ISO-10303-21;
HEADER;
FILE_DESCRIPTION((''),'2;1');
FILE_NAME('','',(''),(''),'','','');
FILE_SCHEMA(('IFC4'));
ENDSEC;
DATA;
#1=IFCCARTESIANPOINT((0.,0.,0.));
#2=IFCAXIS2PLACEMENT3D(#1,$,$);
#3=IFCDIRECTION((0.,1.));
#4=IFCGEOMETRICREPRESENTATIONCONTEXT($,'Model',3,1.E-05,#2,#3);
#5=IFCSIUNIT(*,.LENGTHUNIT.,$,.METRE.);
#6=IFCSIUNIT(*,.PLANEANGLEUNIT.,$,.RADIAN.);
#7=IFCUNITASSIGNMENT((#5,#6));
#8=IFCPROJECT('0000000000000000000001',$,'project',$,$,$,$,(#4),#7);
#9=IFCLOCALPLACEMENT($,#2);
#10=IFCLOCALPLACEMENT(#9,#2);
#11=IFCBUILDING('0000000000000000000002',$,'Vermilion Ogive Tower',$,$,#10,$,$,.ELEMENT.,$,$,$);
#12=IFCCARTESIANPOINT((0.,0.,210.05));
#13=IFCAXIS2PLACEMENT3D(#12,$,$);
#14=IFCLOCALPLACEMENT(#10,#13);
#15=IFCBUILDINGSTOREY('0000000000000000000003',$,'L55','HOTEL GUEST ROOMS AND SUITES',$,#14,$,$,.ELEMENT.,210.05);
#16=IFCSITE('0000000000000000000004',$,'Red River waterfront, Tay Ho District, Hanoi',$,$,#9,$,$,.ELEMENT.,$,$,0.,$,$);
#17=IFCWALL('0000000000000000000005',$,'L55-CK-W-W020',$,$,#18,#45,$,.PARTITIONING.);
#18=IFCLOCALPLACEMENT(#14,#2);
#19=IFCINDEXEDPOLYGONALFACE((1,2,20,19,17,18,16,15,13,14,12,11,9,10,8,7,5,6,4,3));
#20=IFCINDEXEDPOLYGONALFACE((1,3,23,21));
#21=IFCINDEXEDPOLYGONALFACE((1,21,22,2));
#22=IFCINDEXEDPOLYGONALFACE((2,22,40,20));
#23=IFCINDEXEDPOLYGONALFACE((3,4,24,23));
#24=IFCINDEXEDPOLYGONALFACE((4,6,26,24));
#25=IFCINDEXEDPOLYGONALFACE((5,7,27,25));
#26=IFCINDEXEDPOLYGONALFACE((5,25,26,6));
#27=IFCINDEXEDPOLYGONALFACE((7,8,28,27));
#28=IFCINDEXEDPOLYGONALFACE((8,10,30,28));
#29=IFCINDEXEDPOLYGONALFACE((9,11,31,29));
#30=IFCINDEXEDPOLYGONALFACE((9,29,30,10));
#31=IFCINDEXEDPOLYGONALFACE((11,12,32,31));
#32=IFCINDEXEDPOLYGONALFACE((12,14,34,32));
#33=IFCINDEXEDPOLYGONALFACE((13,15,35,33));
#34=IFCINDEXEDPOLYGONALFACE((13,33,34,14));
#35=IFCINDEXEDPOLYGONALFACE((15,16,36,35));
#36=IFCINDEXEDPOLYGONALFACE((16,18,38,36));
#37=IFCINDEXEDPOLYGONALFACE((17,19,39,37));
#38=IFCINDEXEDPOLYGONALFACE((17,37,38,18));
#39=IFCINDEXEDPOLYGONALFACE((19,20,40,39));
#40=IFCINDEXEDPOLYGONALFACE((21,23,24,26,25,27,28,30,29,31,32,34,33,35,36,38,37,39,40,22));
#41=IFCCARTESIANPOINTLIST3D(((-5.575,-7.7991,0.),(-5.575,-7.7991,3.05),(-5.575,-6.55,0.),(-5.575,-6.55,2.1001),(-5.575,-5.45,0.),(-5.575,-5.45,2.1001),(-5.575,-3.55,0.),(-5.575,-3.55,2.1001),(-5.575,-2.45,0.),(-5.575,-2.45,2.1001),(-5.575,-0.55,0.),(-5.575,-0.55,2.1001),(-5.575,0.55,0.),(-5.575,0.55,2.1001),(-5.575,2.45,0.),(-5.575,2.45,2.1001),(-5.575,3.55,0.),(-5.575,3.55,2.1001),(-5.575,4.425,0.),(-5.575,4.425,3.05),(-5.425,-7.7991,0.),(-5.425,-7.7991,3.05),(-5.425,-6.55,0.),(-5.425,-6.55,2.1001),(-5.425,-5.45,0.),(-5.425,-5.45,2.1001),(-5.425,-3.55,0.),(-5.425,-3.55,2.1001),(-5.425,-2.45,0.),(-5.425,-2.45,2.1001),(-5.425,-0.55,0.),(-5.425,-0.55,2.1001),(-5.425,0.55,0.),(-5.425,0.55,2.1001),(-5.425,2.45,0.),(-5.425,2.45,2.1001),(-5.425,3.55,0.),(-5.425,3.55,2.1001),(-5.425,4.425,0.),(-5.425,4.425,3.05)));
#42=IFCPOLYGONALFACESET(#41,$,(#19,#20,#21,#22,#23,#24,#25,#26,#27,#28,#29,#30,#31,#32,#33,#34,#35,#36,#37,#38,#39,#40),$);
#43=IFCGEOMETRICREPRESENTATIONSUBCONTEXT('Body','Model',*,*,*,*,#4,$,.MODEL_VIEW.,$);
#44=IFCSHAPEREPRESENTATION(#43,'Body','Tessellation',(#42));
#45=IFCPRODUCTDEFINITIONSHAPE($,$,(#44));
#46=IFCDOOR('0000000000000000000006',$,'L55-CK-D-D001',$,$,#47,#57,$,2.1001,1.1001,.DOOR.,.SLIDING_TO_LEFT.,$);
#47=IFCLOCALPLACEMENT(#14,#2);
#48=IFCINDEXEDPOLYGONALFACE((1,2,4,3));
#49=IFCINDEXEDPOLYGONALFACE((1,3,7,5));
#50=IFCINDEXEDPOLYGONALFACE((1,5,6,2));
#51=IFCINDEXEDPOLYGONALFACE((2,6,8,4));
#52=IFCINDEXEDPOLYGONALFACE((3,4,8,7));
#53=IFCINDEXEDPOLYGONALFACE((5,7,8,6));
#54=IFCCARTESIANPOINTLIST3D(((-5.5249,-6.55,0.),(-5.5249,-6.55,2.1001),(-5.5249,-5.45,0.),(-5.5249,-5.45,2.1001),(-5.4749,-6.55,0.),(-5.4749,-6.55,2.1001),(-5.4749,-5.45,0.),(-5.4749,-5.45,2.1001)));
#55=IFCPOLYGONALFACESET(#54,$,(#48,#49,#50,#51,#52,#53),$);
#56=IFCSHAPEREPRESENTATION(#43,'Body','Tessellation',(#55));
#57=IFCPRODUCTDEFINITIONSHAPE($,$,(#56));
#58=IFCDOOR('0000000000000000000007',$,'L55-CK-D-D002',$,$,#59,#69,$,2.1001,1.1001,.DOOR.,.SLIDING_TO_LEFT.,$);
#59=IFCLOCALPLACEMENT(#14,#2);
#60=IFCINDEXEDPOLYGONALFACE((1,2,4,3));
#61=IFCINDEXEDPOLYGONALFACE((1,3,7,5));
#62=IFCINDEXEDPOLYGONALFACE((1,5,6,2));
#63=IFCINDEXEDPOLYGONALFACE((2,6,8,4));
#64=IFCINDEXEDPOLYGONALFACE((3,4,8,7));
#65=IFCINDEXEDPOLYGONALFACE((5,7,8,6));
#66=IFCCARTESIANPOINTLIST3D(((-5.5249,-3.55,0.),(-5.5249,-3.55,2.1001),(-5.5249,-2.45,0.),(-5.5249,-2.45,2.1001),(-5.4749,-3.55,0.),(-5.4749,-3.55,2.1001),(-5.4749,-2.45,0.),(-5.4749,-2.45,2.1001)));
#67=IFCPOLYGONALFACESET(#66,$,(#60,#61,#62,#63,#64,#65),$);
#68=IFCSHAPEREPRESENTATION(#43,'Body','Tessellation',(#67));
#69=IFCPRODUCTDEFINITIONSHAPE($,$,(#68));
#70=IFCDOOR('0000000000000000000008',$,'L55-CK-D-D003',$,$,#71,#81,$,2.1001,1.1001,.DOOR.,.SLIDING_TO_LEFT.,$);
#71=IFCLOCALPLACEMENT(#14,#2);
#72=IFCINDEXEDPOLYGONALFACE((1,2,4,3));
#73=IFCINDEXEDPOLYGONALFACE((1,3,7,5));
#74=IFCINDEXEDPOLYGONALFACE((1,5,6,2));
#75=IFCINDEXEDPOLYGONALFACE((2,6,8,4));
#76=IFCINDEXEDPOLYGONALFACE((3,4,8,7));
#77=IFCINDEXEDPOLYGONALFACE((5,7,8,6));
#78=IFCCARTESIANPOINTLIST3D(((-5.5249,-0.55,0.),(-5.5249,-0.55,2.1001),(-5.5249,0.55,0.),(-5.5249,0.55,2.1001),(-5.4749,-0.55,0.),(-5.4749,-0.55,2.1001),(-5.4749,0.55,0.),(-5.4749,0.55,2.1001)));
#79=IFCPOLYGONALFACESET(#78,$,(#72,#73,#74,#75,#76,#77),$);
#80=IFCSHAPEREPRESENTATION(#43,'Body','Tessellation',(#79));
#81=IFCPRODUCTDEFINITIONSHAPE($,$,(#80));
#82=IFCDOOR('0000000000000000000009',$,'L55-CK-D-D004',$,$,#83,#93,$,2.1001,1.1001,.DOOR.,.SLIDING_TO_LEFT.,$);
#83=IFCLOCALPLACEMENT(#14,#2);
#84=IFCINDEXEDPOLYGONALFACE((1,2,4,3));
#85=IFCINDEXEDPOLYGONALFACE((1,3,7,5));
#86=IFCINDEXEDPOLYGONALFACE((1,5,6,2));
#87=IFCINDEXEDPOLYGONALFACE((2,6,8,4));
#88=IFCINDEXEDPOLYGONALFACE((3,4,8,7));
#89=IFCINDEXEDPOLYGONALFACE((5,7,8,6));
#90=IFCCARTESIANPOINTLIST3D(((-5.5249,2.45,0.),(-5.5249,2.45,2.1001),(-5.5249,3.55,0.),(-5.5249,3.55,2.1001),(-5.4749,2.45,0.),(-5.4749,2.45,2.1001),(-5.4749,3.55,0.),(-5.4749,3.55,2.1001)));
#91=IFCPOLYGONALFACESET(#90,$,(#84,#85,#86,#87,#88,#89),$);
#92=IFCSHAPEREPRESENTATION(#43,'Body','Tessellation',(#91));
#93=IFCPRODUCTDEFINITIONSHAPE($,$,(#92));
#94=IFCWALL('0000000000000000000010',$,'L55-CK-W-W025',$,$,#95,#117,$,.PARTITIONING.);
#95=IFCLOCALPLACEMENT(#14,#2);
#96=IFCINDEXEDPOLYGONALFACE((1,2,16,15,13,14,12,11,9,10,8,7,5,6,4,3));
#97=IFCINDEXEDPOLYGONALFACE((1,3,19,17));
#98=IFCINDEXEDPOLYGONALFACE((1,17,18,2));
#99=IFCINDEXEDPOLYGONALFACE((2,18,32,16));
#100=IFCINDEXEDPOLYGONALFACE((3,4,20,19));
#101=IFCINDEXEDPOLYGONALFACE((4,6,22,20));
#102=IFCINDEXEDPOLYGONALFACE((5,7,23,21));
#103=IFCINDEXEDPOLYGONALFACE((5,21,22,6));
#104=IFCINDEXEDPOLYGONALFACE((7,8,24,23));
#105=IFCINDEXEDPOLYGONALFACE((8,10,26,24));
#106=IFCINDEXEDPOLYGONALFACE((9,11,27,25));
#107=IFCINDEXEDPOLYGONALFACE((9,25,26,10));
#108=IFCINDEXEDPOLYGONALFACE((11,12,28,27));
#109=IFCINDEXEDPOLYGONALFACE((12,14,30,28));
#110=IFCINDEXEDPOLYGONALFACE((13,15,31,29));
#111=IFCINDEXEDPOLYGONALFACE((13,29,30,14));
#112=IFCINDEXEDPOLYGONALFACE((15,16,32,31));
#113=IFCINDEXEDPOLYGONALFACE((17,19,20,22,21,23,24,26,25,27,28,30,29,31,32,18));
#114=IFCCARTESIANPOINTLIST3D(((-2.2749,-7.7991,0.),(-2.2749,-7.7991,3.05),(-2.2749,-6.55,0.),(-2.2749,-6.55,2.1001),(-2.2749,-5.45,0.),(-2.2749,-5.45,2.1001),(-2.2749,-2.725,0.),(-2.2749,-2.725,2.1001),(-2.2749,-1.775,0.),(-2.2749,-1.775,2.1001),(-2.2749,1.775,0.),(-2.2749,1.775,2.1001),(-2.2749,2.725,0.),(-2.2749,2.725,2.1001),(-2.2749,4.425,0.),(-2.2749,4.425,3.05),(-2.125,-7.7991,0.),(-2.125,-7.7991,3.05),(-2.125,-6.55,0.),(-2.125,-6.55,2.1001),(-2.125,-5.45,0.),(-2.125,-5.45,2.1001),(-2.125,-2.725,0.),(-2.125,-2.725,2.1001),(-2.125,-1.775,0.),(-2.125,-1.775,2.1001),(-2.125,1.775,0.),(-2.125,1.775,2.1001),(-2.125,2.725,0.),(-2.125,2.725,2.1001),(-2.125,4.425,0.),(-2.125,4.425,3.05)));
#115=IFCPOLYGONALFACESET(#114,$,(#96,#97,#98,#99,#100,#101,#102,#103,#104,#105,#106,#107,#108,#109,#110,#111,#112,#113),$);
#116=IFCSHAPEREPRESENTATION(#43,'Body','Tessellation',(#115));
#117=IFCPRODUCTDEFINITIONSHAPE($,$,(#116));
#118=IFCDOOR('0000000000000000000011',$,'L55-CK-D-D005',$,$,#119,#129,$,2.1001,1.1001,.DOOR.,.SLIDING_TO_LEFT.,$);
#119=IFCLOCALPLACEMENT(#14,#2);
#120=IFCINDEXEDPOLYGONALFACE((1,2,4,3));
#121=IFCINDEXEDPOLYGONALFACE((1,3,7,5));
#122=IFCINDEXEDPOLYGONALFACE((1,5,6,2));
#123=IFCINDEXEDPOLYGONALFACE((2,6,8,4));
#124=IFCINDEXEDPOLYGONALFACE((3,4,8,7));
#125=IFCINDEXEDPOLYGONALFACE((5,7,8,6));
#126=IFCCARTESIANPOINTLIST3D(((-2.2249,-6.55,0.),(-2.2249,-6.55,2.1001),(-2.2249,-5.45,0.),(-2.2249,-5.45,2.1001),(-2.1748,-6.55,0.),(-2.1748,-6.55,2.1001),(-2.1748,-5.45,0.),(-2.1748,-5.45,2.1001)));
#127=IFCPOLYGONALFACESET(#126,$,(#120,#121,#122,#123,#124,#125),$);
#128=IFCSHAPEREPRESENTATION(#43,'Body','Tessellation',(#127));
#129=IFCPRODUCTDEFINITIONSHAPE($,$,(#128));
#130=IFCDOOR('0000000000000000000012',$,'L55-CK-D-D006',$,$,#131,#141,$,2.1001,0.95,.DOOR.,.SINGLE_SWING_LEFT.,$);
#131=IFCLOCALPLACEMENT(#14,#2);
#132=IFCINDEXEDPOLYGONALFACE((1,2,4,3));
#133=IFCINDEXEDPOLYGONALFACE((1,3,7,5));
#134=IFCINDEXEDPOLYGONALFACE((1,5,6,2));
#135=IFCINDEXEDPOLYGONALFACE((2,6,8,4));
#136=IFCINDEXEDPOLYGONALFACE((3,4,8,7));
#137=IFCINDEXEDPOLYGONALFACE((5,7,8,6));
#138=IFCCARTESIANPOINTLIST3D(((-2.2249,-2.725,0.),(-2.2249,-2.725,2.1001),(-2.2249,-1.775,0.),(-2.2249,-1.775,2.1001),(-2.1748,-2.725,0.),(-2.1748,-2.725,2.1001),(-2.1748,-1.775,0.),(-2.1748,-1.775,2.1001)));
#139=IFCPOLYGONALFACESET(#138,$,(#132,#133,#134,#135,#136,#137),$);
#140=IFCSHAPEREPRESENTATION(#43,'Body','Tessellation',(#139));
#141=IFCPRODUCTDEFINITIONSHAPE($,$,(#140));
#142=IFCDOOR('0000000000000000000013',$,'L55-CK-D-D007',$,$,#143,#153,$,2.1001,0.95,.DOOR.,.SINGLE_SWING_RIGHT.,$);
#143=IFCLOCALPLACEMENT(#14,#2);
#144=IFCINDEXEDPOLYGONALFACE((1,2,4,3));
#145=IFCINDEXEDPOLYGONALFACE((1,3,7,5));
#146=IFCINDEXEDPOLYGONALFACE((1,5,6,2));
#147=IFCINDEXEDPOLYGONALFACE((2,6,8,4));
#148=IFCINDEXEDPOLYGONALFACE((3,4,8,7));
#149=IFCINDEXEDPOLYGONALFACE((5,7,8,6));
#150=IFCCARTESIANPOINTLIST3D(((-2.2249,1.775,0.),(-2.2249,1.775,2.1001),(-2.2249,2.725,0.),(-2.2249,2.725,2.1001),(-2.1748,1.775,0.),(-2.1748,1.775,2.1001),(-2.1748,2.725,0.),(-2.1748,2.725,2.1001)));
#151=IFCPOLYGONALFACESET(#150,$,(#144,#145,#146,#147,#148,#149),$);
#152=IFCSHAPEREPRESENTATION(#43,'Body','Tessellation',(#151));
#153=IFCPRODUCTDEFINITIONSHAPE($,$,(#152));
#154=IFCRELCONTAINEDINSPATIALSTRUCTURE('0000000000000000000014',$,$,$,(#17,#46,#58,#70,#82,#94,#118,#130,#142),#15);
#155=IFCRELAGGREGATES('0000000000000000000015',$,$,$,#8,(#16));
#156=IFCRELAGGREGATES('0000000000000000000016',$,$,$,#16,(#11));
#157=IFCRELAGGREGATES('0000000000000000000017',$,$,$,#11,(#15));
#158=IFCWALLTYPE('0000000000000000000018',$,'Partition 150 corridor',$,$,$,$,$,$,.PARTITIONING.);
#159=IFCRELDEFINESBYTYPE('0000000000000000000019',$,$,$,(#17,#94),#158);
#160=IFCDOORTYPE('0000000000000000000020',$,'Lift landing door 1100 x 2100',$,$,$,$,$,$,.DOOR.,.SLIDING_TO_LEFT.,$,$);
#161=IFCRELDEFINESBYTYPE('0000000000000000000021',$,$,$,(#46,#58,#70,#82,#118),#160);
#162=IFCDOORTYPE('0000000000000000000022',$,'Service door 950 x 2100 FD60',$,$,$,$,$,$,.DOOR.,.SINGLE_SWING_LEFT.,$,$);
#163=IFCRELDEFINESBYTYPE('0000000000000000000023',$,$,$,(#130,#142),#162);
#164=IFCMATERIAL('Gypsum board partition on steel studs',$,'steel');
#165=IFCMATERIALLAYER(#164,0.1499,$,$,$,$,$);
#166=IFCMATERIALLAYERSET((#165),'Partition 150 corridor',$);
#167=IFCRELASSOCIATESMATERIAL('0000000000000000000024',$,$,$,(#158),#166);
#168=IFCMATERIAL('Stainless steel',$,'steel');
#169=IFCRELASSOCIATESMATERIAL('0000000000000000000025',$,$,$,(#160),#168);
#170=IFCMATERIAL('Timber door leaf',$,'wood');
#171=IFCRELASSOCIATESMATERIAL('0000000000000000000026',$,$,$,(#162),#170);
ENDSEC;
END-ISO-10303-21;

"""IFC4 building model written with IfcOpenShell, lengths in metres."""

from ifc_helpers import new_model, si_unit, direction, frame, frame_2d, origin, place, context, subcontext, project, spatial, rectangle, extrude, material, layer, layer_set, type_object, element, fill, save


model = new_model("IFC4")

# Units and contexts
model_context = context("Model", 3, precision=1e-05, world=origin(), true_north=direction((0.0, 1.0)))
body_context = subcontext(model_context, "Body", "Model", "MODEL_VIEW")
ifc_project = project(units=[si_unit("LENGTHUNIT", "METRE"), si_unit("PLANEANGLEUNIT", "RADIAN")], contexts=[model_context])

# Site, building, storey
site_placement = place(None, origin())
site = spatial("IfcSite", under=ifc_project, at=site_placement, Name="Red River waterfront, Tay Ho District, Hanoi", CompositionType="ELEMENT", RefElevation=0.0)
building_placement = place(site_placement, origin())
building = spatial("IfcBuilding", under=site, at=building_placement, Name="Vermilion Ogive Tower", CompositionType="ELEMENT")
storey_placement = place(building_placement, frame((0.0, 0.0, 210.05)))
storey = spatial("IfcBuildingStorey", under=building, at=storey_placement, Name="L55", Description="HOTEL GUEST ROOMS AND SUITES", CompositionType="ELEMENT", Elevation=210.05)

# Walls, openings, doors
ifc_material_1 = material(Name="Gypsum board partition on steel studs", Category="steel")
ifc_layer_1 = layer(ifc_material_1, 0.1499)
ifc_layer_set_1 = layer_set([ifc_layer_1], Name="Partition 150 corridor")
wall_type_1 = type_object("IfcWallType", Name="Partition 150 corridor", PredefinedType="PARTITIONING", material=ifc_layer_set_1)
wall_1_placement = place(storey_placement, frame((-5.5, -7.7991, 0.0), z_axis=(0.0, 0.0, 1.0), x_axis=(0.0, 1.0, 0.0)))
wall_1 = element("IfcWall", 1, at=wall_1_placement, inside=storey, type_object=wall_type_1, Name="L55-CK-W-W020", PredefinedType="PARTITIONING", context=body_context, shape_type="SweptSolid", body=[
    extrude(rectangle(XDim=12.2241, YDim=0.1499, at=frame_2d((6.1121, 0.0))), origin(), (0.0, 0.0, 1.0), 3.05),
])
opening_1_placement = place(wall_1_placement, frame((1.249, 0.0, 0.0)))
opening_1 = element("IfcOpeningElement", 2, at=opening_1_placement, cuts=wall_1, PredefinedType="OPENING", context=body_context, shape_type="SweptSolid", body=[
    extrude(rectangle(XDim=1.1001, YDim=2.1001, at=frame_2d((0.55, 1.05))), frame((0.0, 0.085, 0.0), z_axis=(0.0, -1.0, 0.0), x_axis=(1.0, 0.0, 0.0)), (0.0, 0.0, 1.0), 0.1699),
])
opening_2_placement = place(wall_1_placement, frame((4.249, 0.0, 0.0)))
opening_2 = element("IfcOpeningElement", 3, at=opening_2_placement, cuts=wall_1, PredefinedType="OPENING", context=body_context, shape_type="SweptSolid", body=[
    extrude(rectangle(XDim=1.1001, YDim=2.1001, at=frame_2d((0.55, 1.05))), frame((0.0, 0.085, 0.0), z_axis=(0.0, -1.0, 0.0), x_axis=(1.0, 0.0, 0.0)), (0.0, 0.0, 1.0), 0.1699),
])
opening_3_placement = place(wall_1_placement, frame((7.249, 0.0, 0.0)))
opening_3 = element("IfcOpeningElement", 4, at=opening_3_placement, cuts=wall_1, PredefinedType="OPENING", context=body_context, shape_type="SweptSolid", body=[
    extrude(rectangle(XDim=1.1001, YDim=2.1001, at=frame_2d((0.55, 1.05))), frame((0.0, 0.085, 0.0), z_axis=(0.0, -1.0, 0.0), x_axis=(1.0, 0.0, 0.0)), (0.0, 0.0, 1.0), 0.1699),
])
opening_4_placement = place(wall_1_placement, frame((10.249, 0.0, 0.0)))
opening_4 = element("IfcOpeningElement", 5, at=opening_4_placement, cuts=wall_1, PredefinedType="OPENING", context=body_context, shape_type="SweptSolid", body=[
    extrude(rectangle(XDim=1.1001, YDim=2.1001, at=frame_2d((0.55, 1.05))), frame((0.0, 0.085, 0.0), z_axis=(0.0, -1.0, 0.0), x_axis=(1.0, 0.0, 0.0)), (0.0, 0.0, 1.0), 0.1699),
])
ifc_material_2 = material(Name="Stainless steel", Category="steel")
door_type_1 = type_object("IfcDoorType", Name="Lift landing door 1100 x 2100", OperationType="SLIDING_TO_LEFT", PredefinedType="DOOR", material=ifc_material_2)
door_1_placement = place(opening_1_placement, origin())
door_1 = element("IfcDoor", 6, at=door_1_placement, inside=storey, type_object=door_type_1, Name="L55-CK-D-D001", OperationType="SLIDING_TO_LEFT", OverallHeight=2.1001, OverallWidth=1.1001, PredefinedType="DOOR", context=body_context, shape_type="SweptSolid", body=[
    extrude(rectangle(XDim=1.1001, YDim=2.1001, at=frame_2d((0.55, 1.05))), frame((0.0, 0.0249, 0.0), z_axis=(0.0, -1.0, 0.0), x_axis=(1.0, 0.0, 0.0)), (0.0, 0.0, 1.0), 0.05),
])
fill(opening_1, door_1)
door_2_placement = place(opening_2_placement, origin())
door_2 = element("IfcDoor", 7, at=door_2_placement, inside=storey, type_object=door_type_1, Name="L55-CK-D-D002", OperationType="SLIDING_TO_LEFT", OverallHeight=2.1001, OverallWidth=1.1001, PredefinedType="DOOR", context=body_context, shape_type="SweptSolid", body=[
    extrude(rectangle(XDim=1.1001, YDim=2.1001, at=frame_2d((0.55, 1.05))), frame((0.0, 0.0249, 0.0), z_axis=(0.0, -1.0, 0.0), x_axis=(1.0, 0.0, 0.0)), (0.0, 0.0, 1.0), 0.05),
])
fill(opening_2, door_2)
door_3_placement = place(opening_3_placement, origin())
door_3 = element("IfcDoor", 8, at=door_3_placement, inside=storey, type_object=door_type_1, Name="L55-CK-D-D003", OperationType="SLIDING_TO_LEFT", OverallHeight=2.1001, OverallWidth=1.1001, PredefinedType="DOOR", context=body_context, shape_type="SweptSolid", body=[
    extrude(rectangle(XDim=1.1001, YDim=2.1001, at=frame_2d((0.55, 1.05))), frame((0.0, 0.0249, 0.0), z_axis=(0.0, -1.0, 0.0), x_axis=(1.0, 0.0, 0.0)), (0.0, 0.0, 1.0), 0.05),
])
fill(opening_3, door_3)
door_4_placement = place(opening_4_placement, origin())
door_4 = element("IfcDoor", 9, at=door_4_placement, inside=storey, type_object=door_type_1, Name="L55-CK-D-D004", OperationType="SLIDING_TO_LEFT", OverallHeight=2.1001, OverallWidth=1.1001, PredefinedType="DOOR", context=body_context, shape_type="SweptSolid", body=[
    extrude(rectangle(XDim=1.1001, YDim=2.1001, at=frame_2d((0.55, 1.05))), frame((0.0, 0.0249, 0.0), z_axis=(0.0, -1.0, 0.0), x_axis=(1.0, 0.0, 0.0)), (0.0, 0.0, 1.0), 0.05),
])
fill(opening_4, door_4)
wall_2_placement = place(storey_placement, frame((-2.2, -7.7991, 0.0), z_axis=(0.0, 0.0, 1.0), x_axis=(0.0, 1.0, 0.0)))
wall_2 = element("IfcWall", 10, at=wall_2_placement, inside=storey, type_object=wall_type_1, Name="L55-CK-W-W025", PredefinedType="PARTITIONING", context=body_context, shape_type="SweptSolid", body=[
    extrude(rectangle(XDim=12.2241, YDim=0.1499, at=frame_2d((6.1121, 0.0))), origin(), (0.0, 0.0, 1.0), 3.05),
])
opening_5_placement = place(wall_2_placement, frame((1.249, 0.0, 0.0)))
opening_5 = element("IfcOpeningElement", 11, at=opening_5_placement, cuts=wall_2, PredefinedType="OPENING", context=body_context, shape_type="SweptSolid", body=[
    extrude(rectangle(XDim=1.1001, YDim=2.1001, at=frame_2d((0.55, 1.05))), frame((0.0, 0.085, 0.0), z_axis=(0.0, -1.0, 0.0), x_axis=(1.0, 0.0, 0.0)), (0.0, 0.0, 1.0), 0.1699),
])
opening_6_placement = place(wall_2_placement, frame((5.074, 0.0, 0.0)))
opening_6 = element("IfcOpeningElement", 12, at=opening_6_placement, cuts=wall_2, PredefinedType="OPENING", context=body_context, shape_type="SweptSolid", body=[
    extrude(rectangle(XDim=0.95, YDim=2.1001, at=frame_2d((0.4751, 1.05))), frame((0.0, 0.085, 0.0), z_axis=(0.0, -1.0, 0.0), x_axis=(1.0, 0.0, 0.0)), (0.0, 0.0, 1.0), 0.1699),
])
opening_7_placement = place(wall_2_placement, frame((9.574, 0.0, 0.0)))
opening_7 = element("IfcOpeningElement", 13, at=opening_7_placement, cuts=wall_2, PredefinedType="OPENING", context=body_context, shape_type="SweptSolid", body=[
    extrude(rectangle(XDim=0.95, YDim=2.1001, at=frame_2d((0.4751, 1.05))), frame((0.0, 0.085, 0.0), z_axis=(0.0, -1.0, 0.0), x_axis=(1.0, 0.0, 0.0)), (0.0, 0.0, 1.0), 0.1699),
])
door_5_placement = place(opening_5_placement, origin())
door_5 = element("IfcDoor", 14, at=door_5_placement, inside=storey, type_object=door_type_1, Name="L55-CK-D-D005", OperationType="SLIDING_TO_LEFT", OverallHeight=2.1001, OverallWidth=1.1001, PredefinedType="DOOR", context=body_context, shape_type="SweptSolid", body=[
    extrude(rectangle(XDim=1.1001, YDim=2.1001, at=frame_2d((0.55, 1.05))), frame((0.0, 0.0249, 0.0), z_axis=(0.0, -1.0, 0.0), x_axis=(1.0, 0.0, 0.0)), (0.0, 0.0, 1.0), 0.05),
])
fill(opening_5, door_5)
ifc_material_3 = material(Name="Timber door leaf", Category="wood")
door_type_2 = type_object("IfcDoorType", Name="Service door 950 x 2100 FD60", OperationType="SINGLE_SWING_LEFT", PredefinedType="DOOR", material=ifc_material_3)
door_6_placement = place(opening_6_placement, origin())
door_6 = element("IfcDoor", 15, at=door_6_placement, inside=storey, type_object=door_type_2, Name="L55-CK-D-D006", OperationType="SINGLE_SWING_LEFT", OverallHeight=2.1001, OverallWidth=0.95, PredefinedType="DOOR", context=body_context, shape_type="SweptSolid", body=[
    extrude(rectangle(XDim=0.95, YDim=2.1001, at=frame_2d((0.4751, 1.05))), frame((0.0, 0.0249, 0.0), z_axis=(0.0, -1.0, 0.0), x_axis=(1.0, 0.0, 0.0)), (0.0, 0.0, 1.0), 0.05),
])
fill(opening_6, door_6)
door_7_placement = place(opening_7_placement, origin())
door_7 = element("IfcDoor", 16, at=door_7_placement, inside=storey, type_object=door_type_2, Name="L55-CK-D-D007", OperationType="SINGLE_SWING_RIGHT", OverallHeight=2.1001, OverallWidth=0.95, PredefinedType="DOOR", context=body_context, shape_type="SweptSolid", body=[
    extrude(rectangle(XDim=0.95, YDim=2.1001, at=frame_2d((0.4751, 1.05))), frame((0.0, 0.0249, 0.0), z_axis=(0.0, -1.0, 0.0), x_axis=(1.0, 0.0, 0.0)), (0.0, 0.0, 1.0), 0.05),
])
fill(opening_7, door_7)

save(model, "model.ifc")
